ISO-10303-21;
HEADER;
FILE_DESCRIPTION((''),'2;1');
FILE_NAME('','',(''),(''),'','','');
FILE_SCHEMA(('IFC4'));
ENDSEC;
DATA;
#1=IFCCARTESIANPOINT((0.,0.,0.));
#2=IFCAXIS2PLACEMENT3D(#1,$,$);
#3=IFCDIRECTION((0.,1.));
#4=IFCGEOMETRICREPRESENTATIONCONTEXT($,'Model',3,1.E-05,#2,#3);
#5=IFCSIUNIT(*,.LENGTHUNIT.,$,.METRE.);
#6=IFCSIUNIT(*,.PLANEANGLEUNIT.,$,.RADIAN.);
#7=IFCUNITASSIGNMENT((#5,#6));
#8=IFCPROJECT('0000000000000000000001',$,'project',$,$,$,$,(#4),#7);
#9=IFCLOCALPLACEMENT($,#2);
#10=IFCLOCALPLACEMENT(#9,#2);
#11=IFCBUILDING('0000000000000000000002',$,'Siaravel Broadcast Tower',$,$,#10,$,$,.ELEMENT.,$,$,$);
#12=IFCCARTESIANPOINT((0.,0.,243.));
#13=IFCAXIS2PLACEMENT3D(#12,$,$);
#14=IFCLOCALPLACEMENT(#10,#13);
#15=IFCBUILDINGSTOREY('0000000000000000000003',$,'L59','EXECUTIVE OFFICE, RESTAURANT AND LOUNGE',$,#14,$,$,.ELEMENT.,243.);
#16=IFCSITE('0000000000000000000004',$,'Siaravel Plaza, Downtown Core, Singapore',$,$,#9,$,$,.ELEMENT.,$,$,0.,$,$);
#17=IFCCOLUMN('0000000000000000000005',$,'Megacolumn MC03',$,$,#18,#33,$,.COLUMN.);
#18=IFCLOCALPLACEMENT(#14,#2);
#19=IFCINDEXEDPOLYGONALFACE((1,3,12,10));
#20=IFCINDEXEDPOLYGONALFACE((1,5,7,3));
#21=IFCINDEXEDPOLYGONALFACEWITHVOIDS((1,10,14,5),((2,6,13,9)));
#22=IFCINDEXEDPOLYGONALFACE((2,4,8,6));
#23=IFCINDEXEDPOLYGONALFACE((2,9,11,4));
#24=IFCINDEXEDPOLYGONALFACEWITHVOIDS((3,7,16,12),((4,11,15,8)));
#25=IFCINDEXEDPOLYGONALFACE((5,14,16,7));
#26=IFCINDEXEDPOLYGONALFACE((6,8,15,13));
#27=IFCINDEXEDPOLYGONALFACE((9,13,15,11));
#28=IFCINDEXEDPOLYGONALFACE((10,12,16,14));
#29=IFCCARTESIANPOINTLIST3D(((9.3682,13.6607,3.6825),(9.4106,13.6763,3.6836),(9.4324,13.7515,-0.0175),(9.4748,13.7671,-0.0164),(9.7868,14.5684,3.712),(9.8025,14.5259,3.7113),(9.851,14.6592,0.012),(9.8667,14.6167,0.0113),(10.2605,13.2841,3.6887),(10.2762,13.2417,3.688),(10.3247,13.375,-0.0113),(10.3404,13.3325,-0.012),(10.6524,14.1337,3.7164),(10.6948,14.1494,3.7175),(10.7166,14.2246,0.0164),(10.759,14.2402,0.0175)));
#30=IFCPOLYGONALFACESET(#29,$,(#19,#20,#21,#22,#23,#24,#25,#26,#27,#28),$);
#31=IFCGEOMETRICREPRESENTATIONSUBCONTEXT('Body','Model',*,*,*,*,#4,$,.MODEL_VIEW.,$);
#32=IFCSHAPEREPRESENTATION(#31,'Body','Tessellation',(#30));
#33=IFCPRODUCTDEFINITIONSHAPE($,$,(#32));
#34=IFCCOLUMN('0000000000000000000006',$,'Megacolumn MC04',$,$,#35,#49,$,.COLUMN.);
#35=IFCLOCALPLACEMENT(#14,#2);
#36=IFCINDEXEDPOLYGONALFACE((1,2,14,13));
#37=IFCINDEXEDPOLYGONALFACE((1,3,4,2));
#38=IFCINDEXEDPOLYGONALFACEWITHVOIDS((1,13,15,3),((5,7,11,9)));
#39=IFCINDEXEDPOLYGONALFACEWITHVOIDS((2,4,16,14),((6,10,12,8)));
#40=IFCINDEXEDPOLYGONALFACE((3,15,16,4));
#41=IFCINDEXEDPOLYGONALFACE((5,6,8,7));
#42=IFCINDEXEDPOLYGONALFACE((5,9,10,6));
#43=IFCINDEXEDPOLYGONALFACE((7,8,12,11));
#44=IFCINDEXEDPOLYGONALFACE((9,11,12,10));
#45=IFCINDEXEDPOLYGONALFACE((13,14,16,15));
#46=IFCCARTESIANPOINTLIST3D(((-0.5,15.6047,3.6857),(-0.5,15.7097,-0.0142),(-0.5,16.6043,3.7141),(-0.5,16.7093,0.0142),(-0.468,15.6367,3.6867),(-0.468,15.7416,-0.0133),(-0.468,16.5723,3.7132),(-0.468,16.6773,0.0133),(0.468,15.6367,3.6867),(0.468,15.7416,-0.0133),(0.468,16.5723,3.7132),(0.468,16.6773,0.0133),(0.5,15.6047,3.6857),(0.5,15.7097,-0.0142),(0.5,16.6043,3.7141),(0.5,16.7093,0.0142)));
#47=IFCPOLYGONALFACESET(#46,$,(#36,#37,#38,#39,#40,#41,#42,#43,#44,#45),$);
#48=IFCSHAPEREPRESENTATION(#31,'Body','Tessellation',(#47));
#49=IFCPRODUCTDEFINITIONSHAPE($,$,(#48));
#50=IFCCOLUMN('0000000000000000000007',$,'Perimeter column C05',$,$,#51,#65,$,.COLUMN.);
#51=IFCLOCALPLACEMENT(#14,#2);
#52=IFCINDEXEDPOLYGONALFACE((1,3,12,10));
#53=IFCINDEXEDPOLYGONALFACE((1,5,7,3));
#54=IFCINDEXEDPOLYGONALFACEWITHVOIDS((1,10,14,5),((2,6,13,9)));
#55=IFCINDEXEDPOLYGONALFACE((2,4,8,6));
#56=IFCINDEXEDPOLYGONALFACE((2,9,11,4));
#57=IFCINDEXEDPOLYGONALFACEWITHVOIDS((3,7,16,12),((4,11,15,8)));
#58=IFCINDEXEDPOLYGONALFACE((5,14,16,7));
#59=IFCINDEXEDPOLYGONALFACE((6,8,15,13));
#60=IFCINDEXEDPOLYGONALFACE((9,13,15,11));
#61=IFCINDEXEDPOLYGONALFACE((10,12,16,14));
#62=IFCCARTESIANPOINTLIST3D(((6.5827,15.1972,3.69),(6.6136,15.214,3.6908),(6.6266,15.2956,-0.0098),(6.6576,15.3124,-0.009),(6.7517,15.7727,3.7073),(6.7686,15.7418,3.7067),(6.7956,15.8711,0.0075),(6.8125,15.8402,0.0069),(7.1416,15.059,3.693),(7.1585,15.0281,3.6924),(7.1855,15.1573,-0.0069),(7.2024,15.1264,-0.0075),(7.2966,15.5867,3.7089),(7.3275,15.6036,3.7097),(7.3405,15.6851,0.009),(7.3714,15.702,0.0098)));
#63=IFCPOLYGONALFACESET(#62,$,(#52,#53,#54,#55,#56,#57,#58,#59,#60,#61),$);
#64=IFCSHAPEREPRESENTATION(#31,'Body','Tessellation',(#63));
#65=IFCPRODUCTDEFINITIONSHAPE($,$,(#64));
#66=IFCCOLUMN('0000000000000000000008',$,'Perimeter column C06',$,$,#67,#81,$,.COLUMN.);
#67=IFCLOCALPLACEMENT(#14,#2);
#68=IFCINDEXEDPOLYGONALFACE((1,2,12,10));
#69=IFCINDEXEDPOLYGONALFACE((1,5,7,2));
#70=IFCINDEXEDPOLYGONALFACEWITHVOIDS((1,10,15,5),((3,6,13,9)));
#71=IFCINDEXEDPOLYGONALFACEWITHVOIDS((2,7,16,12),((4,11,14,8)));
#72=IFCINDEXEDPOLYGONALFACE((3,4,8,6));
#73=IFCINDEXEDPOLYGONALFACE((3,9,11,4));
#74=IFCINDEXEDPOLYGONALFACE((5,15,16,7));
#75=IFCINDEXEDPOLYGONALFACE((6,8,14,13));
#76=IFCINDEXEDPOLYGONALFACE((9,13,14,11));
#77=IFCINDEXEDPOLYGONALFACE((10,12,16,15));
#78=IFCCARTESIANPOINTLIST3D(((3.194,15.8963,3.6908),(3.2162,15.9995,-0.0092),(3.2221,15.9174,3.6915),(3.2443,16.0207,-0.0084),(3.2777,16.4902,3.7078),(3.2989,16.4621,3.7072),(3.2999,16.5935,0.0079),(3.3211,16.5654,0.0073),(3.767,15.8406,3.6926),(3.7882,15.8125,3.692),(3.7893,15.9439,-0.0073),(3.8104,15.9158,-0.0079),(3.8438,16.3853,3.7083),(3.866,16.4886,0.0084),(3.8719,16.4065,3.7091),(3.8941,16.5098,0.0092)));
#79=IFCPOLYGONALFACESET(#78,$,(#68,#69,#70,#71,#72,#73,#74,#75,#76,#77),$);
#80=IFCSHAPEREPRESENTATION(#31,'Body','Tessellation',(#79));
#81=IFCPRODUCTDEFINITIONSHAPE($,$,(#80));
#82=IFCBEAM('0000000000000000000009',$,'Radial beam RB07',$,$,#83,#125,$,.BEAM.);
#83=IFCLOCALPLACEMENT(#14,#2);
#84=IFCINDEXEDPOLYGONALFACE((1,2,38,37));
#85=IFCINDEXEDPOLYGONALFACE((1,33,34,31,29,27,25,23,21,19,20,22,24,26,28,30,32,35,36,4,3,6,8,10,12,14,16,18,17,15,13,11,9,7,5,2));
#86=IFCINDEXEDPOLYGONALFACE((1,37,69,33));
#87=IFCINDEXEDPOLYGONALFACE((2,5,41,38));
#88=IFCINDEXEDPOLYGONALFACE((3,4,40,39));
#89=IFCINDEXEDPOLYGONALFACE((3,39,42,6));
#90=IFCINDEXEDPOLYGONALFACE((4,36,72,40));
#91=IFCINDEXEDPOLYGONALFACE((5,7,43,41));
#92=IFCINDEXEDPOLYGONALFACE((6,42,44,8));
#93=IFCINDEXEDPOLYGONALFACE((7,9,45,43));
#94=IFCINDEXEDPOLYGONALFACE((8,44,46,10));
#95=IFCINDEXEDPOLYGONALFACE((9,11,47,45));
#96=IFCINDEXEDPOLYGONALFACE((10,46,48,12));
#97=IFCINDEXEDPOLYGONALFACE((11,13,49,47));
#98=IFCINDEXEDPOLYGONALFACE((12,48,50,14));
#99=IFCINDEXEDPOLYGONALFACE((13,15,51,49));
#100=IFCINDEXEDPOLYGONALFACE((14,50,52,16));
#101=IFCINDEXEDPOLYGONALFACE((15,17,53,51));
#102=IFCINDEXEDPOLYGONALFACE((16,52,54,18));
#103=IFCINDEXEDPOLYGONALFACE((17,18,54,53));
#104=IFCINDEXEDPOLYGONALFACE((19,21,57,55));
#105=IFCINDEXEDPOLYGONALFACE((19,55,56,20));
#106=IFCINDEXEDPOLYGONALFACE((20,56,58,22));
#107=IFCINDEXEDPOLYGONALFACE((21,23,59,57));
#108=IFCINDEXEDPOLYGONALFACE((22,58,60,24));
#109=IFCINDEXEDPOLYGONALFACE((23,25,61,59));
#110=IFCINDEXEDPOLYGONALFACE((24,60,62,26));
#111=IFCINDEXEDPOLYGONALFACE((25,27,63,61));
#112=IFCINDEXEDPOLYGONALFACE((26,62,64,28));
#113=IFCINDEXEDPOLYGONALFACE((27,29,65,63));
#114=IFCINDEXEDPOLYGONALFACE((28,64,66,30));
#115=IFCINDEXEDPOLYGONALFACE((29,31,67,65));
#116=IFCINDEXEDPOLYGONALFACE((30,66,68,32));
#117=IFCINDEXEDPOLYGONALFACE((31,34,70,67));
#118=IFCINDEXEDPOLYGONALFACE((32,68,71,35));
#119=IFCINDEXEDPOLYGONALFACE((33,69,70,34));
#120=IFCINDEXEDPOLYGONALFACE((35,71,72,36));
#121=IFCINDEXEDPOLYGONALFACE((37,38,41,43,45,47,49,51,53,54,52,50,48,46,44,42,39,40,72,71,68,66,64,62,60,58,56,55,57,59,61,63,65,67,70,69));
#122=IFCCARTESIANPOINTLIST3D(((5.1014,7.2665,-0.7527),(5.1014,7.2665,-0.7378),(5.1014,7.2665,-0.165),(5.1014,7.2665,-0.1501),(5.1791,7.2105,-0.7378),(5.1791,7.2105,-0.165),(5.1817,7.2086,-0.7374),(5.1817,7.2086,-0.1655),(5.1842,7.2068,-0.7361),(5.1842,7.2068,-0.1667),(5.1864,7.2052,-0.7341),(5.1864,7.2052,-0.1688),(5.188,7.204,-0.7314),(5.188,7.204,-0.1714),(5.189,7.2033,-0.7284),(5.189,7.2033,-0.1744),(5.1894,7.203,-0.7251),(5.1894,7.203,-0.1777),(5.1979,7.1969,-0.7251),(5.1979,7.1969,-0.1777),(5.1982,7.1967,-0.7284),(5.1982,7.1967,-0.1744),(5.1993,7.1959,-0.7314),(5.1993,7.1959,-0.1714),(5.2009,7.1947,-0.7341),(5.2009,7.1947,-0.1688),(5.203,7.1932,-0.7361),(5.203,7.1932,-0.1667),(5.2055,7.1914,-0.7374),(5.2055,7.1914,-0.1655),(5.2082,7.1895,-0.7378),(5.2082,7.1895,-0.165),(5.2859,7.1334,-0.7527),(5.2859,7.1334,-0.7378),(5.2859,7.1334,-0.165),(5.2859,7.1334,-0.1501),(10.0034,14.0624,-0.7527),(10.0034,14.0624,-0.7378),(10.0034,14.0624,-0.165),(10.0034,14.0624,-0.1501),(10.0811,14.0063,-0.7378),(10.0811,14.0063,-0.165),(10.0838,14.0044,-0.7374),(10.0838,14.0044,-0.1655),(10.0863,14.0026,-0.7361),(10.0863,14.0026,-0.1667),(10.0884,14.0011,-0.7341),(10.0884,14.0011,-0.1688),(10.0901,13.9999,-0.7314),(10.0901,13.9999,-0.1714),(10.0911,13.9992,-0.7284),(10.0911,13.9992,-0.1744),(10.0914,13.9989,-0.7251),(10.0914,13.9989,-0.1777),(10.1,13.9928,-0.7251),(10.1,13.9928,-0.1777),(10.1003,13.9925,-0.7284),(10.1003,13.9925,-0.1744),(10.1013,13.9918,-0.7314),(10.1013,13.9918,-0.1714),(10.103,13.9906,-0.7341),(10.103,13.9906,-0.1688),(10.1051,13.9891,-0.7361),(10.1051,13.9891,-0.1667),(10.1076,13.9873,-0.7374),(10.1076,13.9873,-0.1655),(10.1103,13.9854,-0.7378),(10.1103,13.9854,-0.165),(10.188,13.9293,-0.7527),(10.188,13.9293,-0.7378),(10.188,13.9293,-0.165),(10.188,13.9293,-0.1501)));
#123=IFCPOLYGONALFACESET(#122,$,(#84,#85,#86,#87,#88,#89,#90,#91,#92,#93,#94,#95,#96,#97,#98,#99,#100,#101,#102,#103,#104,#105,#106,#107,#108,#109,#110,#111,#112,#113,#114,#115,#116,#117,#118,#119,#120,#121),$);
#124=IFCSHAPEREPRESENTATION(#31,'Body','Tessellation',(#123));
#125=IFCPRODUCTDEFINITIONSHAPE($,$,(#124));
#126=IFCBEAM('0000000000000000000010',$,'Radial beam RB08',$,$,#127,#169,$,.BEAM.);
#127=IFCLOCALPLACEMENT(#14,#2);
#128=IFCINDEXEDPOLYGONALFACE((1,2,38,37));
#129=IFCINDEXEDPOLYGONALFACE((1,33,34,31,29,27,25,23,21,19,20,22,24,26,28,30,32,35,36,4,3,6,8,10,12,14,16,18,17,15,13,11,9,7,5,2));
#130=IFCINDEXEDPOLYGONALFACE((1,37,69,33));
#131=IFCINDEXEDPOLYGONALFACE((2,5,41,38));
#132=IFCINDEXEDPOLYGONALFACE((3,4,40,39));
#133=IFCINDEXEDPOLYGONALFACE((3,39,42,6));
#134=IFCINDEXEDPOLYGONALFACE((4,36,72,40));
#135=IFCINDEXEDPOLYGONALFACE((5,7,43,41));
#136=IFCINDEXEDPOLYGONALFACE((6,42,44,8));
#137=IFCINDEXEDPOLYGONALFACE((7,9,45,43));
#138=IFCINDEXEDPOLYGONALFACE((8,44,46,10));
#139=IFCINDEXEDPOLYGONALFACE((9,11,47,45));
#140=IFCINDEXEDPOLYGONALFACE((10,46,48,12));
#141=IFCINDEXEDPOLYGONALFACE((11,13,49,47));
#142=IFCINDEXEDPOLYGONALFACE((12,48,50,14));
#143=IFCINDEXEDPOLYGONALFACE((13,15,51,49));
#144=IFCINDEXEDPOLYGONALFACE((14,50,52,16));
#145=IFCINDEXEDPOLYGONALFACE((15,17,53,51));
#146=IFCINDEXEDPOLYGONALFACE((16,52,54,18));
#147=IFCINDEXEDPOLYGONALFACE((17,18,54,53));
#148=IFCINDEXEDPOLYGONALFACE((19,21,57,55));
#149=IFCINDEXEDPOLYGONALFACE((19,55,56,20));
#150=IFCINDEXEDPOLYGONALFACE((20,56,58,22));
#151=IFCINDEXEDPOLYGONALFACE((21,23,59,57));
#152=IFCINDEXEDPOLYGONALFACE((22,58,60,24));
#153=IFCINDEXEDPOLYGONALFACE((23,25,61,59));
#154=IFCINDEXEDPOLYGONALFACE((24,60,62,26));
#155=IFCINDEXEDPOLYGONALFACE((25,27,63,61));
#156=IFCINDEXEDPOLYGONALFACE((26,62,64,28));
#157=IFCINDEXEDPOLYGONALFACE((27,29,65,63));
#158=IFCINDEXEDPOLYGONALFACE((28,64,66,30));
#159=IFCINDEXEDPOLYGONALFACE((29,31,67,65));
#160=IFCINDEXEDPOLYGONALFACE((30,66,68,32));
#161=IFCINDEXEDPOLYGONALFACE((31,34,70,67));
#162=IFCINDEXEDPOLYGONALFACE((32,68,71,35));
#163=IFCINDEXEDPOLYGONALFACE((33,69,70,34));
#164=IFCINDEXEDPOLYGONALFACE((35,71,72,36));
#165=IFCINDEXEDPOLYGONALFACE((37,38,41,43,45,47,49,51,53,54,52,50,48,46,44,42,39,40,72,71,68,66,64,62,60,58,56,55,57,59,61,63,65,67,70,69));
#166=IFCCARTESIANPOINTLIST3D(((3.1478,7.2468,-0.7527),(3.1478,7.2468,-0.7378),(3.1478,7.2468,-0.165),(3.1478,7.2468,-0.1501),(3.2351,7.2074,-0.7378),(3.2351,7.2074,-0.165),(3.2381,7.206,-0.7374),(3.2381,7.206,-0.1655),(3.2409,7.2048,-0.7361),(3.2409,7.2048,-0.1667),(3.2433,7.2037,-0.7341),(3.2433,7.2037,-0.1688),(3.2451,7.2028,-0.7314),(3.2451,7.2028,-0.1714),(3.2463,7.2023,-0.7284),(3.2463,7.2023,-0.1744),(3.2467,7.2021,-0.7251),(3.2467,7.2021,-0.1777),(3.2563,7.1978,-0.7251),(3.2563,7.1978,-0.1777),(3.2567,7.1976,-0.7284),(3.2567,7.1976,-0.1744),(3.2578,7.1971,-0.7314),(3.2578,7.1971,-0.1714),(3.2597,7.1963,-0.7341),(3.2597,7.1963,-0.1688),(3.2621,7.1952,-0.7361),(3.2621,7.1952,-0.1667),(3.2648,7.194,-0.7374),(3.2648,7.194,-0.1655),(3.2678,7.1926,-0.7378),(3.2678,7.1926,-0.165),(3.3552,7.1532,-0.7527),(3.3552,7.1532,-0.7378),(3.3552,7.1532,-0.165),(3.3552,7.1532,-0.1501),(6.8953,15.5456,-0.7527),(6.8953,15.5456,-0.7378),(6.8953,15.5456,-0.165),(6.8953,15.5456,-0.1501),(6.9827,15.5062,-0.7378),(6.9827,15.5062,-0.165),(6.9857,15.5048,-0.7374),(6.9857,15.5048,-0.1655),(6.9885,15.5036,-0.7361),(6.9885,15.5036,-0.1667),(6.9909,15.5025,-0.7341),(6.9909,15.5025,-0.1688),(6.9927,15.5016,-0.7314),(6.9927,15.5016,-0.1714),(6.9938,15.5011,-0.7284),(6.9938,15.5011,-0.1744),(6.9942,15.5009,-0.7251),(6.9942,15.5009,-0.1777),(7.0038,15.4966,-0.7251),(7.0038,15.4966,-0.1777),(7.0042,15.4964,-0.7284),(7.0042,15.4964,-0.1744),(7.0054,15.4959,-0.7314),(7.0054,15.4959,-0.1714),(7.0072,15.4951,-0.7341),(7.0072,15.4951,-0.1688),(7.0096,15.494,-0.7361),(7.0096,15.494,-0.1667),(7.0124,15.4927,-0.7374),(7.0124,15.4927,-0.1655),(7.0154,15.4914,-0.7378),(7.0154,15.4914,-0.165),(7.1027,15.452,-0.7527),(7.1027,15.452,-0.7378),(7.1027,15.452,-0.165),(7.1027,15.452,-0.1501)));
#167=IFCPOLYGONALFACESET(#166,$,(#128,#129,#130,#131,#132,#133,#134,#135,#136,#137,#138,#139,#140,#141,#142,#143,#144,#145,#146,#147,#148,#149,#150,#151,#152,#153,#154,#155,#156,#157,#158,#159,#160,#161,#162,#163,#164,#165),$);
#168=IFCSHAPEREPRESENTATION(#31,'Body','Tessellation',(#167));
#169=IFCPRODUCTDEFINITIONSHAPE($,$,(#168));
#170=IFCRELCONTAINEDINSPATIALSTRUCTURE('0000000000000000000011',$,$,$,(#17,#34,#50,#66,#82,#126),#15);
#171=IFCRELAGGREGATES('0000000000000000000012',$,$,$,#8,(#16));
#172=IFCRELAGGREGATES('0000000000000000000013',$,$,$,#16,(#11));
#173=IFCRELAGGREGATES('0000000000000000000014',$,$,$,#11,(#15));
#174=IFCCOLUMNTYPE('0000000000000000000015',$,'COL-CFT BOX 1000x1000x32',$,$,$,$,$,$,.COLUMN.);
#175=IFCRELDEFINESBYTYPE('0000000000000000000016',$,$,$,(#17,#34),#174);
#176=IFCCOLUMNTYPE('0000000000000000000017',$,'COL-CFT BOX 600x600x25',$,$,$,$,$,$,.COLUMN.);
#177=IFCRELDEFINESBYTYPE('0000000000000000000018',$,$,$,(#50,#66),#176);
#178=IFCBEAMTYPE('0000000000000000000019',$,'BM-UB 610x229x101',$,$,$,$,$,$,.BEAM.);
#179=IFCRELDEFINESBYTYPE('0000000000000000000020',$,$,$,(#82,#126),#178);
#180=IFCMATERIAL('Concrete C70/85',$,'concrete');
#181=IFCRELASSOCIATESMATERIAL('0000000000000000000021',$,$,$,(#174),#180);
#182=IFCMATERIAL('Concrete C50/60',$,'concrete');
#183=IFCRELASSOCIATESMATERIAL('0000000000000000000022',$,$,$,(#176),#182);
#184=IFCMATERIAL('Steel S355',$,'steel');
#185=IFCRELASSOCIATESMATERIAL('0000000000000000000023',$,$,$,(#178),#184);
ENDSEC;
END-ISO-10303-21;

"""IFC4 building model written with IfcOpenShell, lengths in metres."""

from ifc_helpers import new_model, si_unit, direction, frame, origin, origin_2d, place, context, subcontext, project, spatial, hollow_rectangle, i_section, extrude, material, material_profile, profile_set, type_object, element, save


model = new_model("IFC4")

# Units and contexts
model_context = context("Model", 3, precision=1e-05, world=origin(), true_north=direction((0.0, 1.0)))
body_context = subcontext(model_context, "Body", "Model", "MODEL_VIEW")
ifc_project = project(units=[si_unit("LENGTHUNIT", "METRE"), si_unit("PLANEANGLEUNIT", "RADIAN")], contexts=[model_context])

# Site, building, storey
site_placement = place(None, origin())
site = spatial("IfcSite", under=ifc_project, at=site_placement, Name="Siaravel Plaza, Downtown Core, Singapore", CompositionType="ELEMENT", RefElevation=0.0)
building_placement = place(site_placement, origin())
building = spatial("IfcBuilding", under=site, at=building_placement, Name="Siaravel Broadcast Tower", CompositionType="ELEMENT")
storey_placement = place(building_placement, frame((0.0, 0.0, 243.0)))
storey = spatial("IfcBuildingStorey", under=building, at=storey_placement, Name="L59", Description="EXECUTIVE OFFICE, RESTAURANT AND LOUNGE", CompositionType="ELEMENT", Elevation=243.0)

# Columns
ifc_material_1 = material(Name="Concrete C70/85", Category="concrete")
ifc_material_profile_1 = material_profile(ifc_material_1, hollow_rectangle(XDim=1.0, YDim=1.0, WallThickness=0.032, at=origin_2d()))
ifc_profile_set_1 = profile_set([ifc_material_profile_1], Name="Concrete C70/85")
column_type_1 = type_object("IfcColumnType", Name="COL-CFT BOX 1000x1000x32", PredefinedType="COLUMN", material=ifc_profile_set_1)
column_1_placement = place(storey_placement, frame((10.0957, 13.9958, 0.0), z_axis=(-0.017346, -0.024535, 0.999548), x_axis=(0.907979, -0.418979, 0.005473)))
element("IfcColumn", 1, at=column_1_placement, inside=storey, type_object=column_type_1, Name="Megacolumn MC03", PredefinedType="COLUMN", context=body_context, shape_type="SweptSolid", body=[
    extrude(hollow_rectangle(XDim=1.0, YDim=1.0, WallThickness=0.032, at=origin_2d()), origin(), (0.0, 0.0, 1.0), 3.7017),
])
column_2_placement = place(storey_placement, frame((0.0, 16.2095, 0.0), z_axis=(0.0, -0.028362, 0.999598), x_axis=(1.0, 0.0, 0.0)))
element("IfcColumn", 2, at=column_2_placement, inside=storey, type_object=column_type_1, Name="Megacolumn MC04", PredefinedType="COLUMN", context=body_context, shape_type="SweptSolid", body=[
    extrude(hollow_rectangle(XDim=1.0, YDim=1.0, WallThickness=0.032, at=origin_2d()), origin(), (0.0, 0.0, 1.0), 3.7014),
])
ifc_material_2 = material(Name="Concrete C50/60", Category="concrete")
ifc_material_profile_2 = material_profile(ifc_material_2, hollow_rectangle(XDim=0.6001, YDim=0.6001, WallThickness=0.0249, at=origin_2d()))
ifc_profile_set_2 = profile_set([ifc_material_profile_2], Name="Concrete C50/60")
column_type_2 = type_object("IfcColumnType", Name="COL-CFT BOX 600x600x25", PredefinedType="COLUMN", material=ifc_profile_set_2)
for number, where, z_axis, x_axis, name in (
    (3, (6.999, 15.4988, 0.0), (-0.011872, -0.026581, 0.999576), (0.959459, -0.281823, 0.003902), "Perimeter column C05"),
    (4, (3.5552, 16.2546, 0.0), (-0.006002, -0.0279, 0.999593), (0.990208, -0.139582, 0.00205), "Perimeter column C06"),
):
    element("IfcColumn", number, at=place(storey_placement, frame(where, z_axis=z_axis, x_axis=x_axis)), inside=storey, type_object=column_type_2, Name=name, PredefinedType="COLUMN", context=body_context, shape_type="SweptSolid", body=[
        extrude(hollow_rectangle(XDim=0.6001, YDim=0.6001, WallThickness=0.0249, at=origin_2d()), origin(), (0.0, 0.0, 1.0), 3.7014),
    ])

# Beams
ifc_material_3 = material(Name="Steel S355", Category="steel")
ifc_material_profile_3 = material_profile(ifc_material_3, i_section(OverallWidth=0.2275, OverallDepth=0.6025, WebThickness=0.0105, FlangeThickness=0.0149, FilletRadius=0.0127, at=origin_2d()))
ifc_profile_set_3 = profile_set([ifc_material_profile_3], Name="Steel S355")
beam_type = type_object("IfcBeamType", Name="BM-UB 610x229x101", PredefinedType="BEAM", material=ifc_profile_set_3)
beam_1_placement = place(storey_placement, frame((10.0957, 13.9958, -0.4514), z_axis=(-0.585016, -0.811022, 0.0), x_axis=(0.811022, -0.585016, 0.0)))
element("IfcBeam", 5, at=beam_1_placement, inside=storey, type_object=beam_type, Name="Radial beam RB07", PredefinedType="BEAM", context=body_context, shape_type="SweptSolid", body=[
    extrude(i_section(OverallWidth=0.2275, OverallDepth=0.6025, WebThickness=0.0105, FlangeThickness=0.0149, FilletRadius=0.0127, at=origin_2d()), origin(), (0.0, 0.0, 1.0), 8.3794),
])
beam_2_placement = place(storey_placement, frame((6.999, 15.4988, -0.4514), z_axis=(-0.411559, -0.911383, 0.0), x_axis=(0.911383, -0.411559, 0.0)))
element("IfcBeam", 6, at=beam_2_placement, inside=storey, type_object=beam_type, Name="Radial beam RB08", PredefinedType="BEAM", context=body_context, shape_type="SweptSolid", body=[
    extrude(i_section(OverallWidth=0.2275, OverallDepth=0.6025, WebThickness=0.0105, FlangeThickness=0.0149, FilletRadius=0.0127, at=origin_2d()), origin(), (0.0, 0.0, 1.0), 9.1057),
])

save(model, "model.ifc")
